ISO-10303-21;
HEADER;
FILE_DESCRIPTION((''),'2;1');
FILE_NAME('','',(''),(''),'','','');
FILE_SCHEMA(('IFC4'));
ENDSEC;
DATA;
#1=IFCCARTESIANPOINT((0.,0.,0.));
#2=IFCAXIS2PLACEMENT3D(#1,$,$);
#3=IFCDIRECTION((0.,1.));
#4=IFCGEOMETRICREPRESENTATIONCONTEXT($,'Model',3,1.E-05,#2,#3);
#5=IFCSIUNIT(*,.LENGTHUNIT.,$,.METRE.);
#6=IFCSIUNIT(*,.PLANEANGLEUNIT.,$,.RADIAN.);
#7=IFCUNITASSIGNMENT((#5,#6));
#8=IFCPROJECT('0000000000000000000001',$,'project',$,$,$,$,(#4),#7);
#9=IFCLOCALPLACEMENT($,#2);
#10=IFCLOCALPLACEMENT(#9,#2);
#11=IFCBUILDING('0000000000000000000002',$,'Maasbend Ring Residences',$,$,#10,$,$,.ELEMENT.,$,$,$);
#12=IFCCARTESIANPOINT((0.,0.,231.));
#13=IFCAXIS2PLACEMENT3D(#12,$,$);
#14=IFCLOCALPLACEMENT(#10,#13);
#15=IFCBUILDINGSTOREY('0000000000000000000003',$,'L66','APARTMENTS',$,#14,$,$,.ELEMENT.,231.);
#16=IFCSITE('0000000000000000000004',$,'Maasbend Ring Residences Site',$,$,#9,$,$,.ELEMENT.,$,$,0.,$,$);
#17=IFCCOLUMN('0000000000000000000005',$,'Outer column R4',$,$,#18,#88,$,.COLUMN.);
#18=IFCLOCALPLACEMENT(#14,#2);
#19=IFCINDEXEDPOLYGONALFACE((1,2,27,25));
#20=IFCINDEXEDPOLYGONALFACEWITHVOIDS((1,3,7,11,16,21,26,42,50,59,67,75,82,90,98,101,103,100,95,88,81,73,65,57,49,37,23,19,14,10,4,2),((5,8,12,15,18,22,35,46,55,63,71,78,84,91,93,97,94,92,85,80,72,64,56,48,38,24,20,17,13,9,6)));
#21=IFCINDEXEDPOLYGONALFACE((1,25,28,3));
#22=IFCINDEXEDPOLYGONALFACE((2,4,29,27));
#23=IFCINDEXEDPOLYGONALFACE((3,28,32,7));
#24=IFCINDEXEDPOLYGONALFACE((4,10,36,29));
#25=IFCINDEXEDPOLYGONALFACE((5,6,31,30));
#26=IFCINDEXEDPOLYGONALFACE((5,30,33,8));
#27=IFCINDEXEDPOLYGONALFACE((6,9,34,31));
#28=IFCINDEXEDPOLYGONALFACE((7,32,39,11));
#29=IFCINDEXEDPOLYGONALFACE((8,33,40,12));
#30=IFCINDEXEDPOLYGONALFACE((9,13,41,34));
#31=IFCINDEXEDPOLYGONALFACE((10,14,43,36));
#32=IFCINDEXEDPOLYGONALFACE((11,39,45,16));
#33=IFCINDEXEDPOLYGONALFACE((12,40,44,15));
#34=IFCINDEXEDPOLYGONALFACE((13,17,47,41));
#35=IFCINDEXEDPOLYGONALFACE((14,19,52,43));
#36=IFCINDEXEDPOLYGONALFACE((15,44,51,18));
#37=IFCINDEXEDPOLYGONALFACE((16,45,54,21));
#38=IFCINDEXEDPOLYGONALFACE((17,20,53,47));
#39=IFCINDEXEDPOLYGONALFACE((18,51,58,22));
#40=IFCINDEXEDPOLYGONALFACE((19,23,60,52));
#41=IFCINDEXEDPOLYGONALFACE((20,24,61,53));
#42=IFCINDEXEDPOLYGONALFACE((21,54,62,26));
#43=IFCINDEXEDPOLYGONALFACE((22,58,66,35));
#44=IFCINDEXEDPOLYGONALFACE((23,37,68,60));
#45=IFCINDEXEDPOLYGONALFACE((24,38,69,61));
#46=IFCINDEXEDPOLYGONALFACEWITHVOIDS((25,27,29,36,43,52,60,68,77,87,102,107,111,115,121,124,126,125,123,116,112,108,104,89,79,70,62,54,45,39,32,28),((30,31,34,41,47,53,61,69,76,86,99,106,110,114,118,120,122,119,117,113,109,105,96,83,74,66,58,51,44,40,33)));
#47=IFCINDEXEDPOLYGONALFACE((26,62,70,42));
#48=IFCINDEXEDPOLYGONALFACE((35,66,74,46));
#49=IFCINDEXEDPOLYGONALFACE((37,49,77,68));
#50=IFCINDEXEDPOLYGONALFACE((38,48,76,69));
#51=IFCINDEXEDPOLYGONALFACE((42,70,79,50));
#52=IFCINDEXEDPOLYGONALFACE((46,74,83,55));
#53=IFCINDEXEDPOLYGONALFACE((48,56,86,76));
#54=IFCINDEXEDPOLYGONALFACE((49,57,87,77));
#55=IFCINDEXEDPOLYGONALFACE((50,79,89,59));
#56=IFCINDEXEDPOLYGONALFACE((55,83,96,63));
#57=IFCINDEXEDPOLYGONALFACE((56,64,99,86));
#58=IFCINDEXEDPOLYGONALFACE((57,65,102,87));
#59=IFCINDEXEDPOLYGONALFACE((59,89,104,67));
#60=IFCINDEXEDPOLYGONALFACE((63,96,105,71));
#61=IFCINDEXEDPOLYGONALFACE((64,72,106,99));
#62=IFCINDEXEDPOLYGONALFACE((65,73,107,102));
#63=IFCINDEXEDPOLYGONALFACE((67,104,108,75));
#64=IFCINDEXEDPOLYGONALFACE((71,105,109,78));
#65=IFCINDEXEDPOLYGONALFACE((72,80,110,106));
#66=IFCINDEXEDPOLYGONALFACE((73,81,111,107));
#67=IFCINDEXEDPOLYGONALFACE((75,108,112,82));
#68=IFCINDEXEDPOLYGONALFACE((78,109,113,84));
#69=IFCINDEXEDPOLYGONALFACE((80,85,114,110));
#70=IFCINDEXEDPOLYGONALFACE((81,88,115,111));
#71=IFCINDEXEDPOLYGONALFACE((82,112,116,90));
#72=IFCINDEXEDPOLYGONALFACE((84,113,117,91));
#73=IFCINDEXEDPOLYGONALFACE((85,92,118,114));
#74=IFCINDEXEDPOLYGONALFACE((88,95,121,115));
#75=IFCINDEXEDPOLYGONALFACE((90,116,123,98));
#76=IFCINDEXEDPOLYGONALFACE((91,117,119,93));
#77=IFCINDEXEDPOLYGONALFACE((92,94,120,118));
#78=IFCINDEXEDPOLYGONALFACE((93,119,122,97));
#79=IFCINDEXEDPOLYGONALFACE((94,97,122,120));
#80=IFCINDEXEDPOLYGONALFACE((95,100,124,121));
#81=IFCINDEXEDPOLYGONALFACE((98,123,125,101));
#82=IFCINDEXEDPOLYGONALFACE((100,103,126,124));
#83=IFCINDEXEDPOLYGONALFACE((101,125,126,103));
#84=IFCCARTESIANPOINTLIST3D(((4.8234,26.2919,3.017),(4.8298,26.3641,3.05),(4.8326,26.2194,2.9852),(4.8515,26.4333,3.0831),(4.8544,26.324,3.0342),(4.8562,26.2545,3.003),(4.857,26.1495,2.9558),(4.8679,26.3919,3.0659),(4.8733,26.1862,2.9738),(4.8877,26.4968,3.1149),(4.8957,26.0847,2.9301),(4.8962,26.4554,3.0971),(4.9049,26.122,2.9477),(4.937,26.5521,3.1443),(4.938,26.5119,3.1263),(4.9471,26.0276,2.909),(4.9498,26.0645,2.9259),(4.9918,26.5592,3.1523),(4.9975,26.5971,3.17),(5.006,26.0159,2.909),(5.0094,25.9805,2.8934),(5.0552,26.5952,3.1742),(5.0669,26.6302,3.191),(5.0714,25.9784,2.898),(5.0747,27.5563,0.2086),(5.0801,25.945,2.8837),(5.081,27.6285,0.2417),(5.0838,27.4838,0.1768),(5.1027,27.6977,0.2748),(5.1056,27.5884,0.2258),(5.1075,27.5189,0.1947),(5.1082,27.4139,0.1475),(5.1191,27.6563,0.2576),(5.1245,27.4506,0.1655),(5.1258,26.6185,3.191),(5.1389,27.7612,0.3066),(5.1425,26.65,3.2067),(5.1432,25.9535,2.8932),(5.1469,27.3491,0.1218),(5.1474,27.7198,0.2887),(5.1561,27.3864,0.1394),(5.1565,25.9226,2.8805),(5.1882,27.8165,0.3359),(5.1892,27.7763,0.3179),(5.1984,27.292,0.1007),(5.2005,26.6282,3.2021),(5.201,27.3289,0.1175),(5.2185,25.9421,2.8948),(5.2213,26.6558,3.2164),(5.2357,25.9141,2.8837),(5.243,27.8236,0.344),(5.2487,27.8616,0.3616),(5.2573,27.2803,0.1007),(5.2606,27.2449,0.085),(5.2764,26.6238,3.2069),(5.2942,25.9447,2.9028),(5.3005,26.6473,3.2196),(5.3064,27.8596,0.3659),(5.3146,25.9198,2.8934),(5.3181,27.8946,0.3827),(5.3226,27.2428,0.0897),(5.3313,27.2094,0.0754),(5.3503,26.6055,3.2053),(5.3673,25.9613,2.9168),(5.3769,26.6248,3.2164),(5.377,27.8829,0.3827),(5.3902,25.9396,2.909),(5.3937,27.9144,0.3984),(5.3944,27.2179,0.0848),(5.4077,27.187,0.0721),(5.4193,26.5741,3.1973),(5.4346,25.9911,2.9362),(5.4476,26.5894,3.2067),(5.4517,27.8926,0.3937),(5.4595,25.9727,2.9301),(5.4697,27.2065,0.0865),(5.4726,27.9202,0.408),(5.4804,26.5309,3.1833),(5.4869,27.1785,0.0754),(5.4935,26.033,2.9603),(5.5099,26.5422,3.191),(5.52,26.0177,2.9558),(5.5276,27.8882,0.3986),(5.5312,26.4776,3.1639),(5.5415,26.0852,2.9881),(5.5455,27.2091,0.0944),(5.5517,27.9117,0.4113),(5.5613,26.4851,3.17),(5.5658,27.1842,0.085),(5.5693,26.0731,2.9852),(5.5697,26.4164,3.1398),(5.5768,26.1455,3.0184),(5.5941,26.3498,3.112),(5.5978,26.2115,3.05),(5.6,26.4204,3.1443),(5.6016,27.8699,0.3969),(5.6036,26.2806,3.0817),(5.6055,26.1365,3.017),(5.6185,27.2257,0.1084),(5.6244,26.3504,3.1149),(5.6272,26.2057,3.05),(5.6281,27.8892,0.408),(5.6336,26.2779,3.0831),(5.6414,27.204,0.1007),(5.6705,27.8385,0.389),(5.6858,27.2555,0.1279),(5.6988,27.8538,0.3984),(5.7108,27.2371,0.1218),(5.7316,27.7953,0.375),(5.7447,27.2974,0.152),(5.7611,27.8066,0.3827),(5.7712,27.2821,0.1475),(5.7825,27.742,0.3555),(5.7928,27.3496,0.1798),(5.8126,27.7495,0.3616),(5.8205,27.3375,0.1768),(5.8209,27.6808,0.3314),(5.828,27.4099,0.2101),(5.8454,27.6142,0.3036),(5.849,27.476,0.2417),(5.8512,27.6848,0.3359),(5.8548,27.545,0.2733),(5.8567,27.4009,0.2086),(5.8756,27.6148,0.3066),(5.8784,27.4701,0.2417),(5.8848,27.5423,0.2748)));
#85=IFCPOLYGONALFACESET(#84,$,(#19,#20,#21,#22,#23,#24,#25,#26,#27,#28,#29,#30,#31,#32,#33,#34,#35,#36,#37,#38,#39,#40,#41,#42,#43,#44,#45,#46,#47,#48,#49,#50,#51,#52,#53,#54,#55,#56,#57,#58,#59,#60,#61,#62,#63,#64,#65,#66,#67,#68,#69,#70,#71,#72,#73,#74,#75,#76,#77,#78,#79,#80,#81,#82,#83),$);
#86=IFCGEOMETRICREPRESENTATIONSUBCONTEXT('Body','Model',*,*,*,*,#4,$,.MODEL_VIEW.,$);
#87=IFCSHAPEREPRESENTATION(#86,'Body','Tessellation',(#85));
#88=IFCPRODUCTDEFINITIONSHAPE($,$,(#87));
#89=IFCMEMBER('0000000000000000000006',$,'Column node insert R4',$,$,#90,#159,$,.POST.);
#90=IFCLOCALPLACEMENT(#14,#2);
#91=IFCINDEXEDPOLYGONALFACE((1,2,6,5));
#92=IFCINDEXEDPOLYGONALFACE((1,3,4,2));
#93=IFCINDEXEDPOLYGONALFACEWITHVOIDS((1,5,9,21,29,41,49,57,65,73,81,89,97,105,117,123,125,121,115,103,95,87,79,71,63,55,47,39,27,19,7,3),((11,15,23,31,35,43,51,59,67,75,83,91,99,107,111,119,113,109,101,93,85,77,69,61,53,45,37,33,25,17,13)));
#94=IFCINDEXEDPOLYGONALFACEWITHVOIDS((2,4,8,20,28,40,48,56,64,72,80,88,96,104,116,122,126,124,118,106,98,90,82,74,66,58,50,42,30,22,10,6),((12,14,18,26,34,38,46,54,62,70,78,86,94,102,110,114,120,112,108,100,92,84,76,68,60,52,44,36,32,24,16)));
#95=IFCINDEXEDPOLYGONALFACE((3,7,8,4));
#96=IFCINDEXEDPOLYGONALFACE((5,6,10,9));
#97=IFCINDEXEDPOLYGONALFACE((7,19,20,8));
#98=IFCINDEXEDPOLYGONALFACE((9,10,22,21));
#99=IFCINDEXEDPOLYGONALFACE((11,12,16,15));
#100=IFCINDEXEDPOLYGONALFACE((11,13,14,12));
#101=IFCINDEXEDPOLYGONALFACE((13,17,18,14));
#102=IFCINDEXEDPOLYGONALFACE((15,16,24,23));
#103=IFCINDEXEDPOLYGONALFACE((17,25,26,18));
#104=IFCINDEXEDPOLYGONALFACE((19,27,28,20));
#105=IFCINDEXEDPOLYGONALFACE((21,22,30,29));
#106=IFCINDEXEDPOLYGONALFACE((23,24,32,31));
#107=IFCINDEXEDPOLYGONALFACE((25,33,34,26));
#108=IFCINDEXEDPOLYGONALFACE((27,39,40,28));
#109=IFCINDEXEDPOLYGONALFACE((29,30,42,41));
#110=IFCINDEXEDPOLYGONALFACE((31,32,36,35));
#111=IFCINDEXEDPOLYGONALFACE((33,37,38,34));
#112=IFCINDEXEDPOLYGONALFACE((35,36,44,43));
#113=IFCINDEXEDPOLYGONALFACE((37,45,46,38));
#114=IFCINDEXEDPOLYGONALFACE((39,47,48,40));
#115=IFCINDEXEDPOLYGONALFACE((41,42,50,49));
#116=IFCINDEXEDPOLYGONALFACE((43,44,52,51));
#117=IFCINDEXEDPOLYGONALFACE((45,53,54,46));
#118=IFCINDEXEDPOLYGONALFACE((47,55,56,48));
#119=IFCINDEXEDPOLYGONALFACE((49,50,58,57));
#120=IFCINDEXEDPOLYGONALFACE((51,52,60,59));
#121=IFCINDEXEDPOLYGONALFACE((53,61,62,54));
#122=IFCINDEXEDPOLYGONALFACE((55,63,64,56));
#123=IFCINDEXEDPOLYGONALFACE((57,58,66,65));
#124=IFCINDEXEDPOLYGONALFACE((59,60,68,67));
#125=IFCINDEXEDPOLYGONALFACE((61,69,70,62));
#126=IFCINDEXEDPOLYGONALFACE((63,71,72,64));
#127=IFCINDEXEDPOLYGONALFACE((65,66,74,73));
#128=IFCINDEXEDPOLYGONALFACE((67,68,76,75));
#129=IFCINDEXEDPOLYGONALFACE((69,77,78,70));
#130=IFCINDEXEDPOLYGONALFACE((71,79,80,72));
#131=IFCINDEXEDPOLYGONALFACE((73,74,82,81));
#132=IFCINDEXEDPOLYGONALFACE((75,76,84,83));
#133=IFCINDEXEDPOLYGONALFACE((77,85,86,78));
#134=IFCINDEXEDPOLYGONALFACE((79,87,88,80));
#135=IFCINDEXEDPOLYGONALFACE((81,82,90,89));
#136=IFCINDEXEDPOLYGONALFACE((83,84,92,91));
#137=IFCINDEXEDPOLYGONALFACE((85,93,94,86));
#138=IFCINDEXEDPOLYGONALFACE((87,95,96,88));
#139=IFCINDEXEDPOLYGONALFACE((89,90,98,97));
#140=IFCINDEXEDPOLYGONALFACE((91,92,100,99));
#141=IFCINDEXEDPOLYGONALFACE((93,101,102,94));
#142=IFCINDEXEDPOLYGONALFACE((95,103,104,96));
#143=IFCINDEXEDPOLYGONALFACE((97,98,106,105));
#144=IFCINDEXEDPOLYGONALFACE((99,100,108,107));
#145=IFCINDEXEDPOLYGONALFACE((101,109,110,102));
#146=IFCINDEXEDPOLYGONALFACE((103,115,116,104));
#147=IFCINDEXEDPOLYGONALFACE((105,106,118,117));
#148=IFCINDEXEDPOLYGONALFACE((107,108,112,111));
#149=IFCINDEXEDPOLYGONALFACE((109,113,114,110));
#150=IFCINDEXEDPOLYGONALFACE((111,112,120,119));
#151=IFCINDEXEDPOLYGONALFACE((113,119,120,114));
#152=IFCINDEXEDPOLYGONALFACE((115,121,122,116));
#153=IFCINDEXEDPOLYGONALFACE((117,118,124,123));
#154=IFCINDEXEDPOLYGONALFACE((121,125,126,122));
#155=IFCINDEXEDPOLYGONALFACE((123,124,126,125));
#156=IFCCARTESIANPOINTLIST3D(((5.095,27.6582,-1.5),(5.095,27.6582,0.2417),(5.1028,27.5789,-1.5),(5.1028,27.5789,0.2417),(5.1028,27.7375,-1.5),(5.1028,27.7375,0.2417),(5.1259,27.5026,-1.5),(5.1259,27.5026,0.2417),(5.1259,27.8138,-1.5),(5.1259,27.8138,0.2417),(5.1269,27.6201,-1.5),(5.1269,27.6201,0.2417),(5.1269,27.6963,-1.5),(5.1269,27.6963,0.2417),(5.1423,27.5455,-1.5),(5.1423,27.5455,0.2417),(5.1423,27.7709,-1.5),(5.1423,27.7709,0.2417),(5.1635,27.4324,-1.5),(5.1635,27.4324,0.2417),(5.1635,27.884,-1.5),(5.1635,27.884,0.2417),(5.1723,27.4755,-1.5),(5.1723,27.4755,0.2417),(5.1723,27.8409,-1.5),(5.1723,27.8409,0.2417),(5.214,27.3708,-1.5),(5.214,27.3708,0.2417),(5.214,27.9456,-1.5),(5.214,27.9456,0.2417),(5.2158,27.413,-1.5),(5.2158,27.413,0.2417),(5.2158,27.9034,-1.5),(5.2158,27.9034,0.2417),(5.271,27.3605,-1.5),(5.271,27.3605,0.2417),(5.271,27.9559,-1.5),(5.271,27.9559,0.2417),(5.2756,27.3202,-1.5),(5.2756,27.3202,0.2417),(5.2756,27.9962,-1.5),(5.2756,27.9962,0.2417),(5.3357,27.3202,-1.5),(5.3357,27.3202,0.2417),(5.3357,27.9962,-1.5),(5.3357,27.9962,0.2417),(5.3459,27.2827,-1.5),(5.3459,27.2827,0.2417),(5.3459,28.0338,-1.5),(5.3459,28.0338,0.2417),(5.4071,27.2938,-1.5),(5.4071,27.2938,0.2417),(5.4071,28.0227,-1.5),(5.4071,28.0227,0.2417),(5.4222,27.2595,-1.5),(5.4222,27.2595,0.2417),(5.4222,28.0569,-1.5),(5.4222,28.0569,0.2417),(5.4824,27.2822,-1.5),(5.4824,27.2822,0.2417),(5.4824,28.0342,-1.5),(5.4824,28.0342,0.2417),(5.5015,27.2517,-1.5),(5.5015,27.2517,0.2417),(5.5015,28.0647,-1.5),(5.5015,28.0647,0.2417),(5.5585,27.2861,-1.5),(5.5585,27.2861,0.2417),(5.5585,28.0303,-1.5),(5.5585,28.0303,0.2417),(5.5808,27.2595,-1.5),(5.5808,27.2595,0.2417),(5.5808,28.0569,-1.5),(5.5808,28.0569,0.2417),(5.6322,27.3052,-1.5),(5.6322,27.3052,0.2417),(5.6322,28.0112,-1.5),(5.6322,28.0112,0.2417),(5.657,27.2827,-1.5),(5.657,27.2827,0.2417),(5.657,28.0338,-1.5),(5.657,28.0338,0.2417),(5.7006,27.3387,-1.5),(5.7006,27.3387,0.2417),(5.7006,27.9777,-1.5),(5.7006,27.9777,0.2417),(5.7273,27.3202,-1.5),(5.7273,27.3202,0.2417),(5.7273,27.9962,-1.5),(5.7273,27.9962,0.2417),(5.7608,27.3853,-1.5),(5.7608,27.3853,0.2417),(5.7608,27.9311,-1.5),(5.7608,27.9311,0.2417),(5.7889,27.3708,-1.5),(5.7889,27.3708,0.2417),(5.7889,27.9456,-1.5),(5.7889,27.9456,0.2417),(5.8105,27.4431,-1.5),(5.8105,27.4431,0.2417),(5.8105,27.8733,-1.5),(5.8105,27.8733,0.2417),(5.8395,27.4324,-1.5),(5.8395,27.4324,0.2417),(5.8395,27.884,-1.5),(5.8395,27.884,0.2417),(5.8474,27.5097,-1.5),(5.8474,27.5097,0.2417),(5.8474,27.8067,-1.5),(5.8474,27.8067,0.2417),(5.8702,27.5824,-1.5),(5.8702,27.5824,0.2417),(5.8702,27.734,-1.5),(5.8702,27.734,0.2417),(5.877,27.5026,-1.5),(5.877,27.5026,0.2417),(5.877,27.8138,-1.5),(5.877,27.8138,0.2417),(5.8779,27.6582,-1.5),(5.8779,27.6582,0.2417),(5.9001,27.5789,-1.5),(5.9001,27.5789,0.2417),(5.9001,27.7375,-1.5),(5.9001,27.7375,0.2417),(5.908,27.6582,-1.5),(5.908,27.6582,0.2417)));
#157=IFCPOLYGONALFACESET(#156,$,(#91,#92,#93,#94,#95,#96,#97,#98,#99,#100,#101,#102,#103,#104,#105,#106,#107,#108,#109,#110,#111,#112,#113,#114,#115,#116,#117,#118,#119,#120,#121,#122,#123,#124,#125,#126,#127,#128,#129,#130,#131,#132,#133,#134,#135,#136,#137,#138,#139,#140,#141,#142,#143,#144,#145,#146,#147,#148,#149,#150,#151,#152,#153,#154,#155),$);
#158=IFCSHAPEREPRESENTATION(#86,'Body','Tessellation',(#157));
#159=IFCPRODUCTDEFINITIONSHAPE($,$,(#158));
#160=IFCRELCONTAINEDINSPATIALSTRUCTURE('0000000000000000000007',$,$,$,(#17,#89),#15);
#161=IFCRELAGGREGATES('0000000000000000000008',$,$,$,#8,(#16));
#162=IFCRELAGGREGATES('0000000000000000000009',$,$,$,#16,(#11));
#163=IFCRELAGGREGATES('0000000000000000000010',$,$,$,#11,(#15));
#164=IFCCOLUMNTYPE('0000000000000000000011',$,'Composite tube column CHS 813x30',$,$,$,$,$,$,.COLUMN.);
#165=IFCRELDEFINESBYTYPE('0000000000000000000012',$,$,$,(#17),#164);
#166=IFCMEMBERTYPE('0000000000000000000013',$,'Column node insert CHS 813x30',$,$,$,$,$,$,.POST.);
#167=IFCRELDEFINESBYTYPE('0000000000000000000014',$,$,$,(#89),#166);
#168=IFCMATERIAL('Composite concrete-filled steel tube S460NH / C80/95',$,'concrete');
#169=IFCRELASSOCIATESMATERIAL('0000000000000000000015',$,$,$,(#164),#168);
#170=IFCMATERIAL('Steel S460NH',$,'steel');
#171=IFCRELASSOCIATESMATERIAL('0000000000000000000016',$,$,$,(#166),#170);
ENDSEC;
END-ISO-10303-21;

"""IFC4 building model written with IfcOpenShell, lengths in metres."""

from ifc_helpers import new_model, si_unit, direction, frame, origin, origin_2d, place, context, subcontext, project, spatial, hollow_circle, extrude, material, material_profile, profile_set, type_object, element, save


model = new_model("IFC4")

# Units and contexts
model_context = context("Model", 3, precision=1e-05, world=origin(), true_north=direction((0.0, 1.0)))
body_context = subcontext(model_context, "Body", "Model", "MODEL_VIEW")
ifc_project = project(units=[si_unit("LENGTHUNIT", "METRE"), si_unit("PLANEANGLEUNIT", "RADIAN")], contexts=[model_context])

# Site, building, storey
site_placement = place(None, origin())
site = spatial("IfcSite", under=ifc_project, at=site_placement, Name="Maasbend Ring Residences Site", CompositionType="ELEMENT", RefElevation=0.0)
building_placement = place(site_placement, origin())
building = spatial("IfcBuilding", under=site, at=building_placement, Name="Maasbend Ring Residences", CompositionType="ELEMENT")
storey_placement = place(building_placement, frame((0.0, 0.0, 231.0)))
storey = spatial("IfcBuildingStorey", under=building, at=storey_placement, Name="L66", Description="APARTMENTS", CompositionType="ELEMENT", Elevation=231.0)

# Column
ifc_material_1 = material(Name="Composite concrete-filled steel tube S460NH / C80/95", Category="concrete")
ifc_material_profile_1 = material_profile(ifc_material_1, hollow_circle(Radius=0.4065, WallThickness=0.03, at=origin_2d()), Name="Composite tube column CHS 813x30")
ifc_profile_set_1 = profile_set([ifc_material_profile_1], Name="Composite concrete-filled steel tube S460NH / C80/95")
column_type = type_object("IfcColumnType", Name="Composite tube column CHS 813x30", PredefinedType="COLUMN", material=ifc_profile_set_1)
column_placement = place(storey_placement, frame((5.4797, 27.5493, 0.2417), z_axis=(-0.081299, -0.40918, 0.908824), x_axis=(0.980828, -0.194878, 0.0)))
element("IfcColumn", 1, at=column_placement, inside=storey, type_object=column_type, Name="Outer column R4", PredefinedType="COLUMN", context=body_context, shape_type="SweptSolid", body=[
    extrude(hollow_circle(Radius=0.4065, WallThickness=0.03, at=origin_2d()), origin(), (0.0, 0.0, 1.0), 3.0901),
])

# Member
ifc_material_2 = material(Name="Steel S460NH", Category="steel")
ifc_material_profile_2 = material_profile(ifc_material_2, hollow_circle(Radius=0.4065, WallThickness=0.03, at=origin_2d()), Name="Column node insert CHS 813x30")
ifc_profile_set_2 = profile_set([ifc_material_profile_2], Name="Steel S460NH")
member_type = type_object("IfcMemberType", Name="Column node insert CHS 813x30", PredefinedType="POST", material=ifc_profile_set_2)
member_placement = place(storey_placement, frame((5.5015, 27.6582, -1.5), z_axis=(0.0, 0.0, 1.0), x_axis=(1.0, 0.0, 0.0)))
element("IfcMember", 2, at=member_placement, inside=storey, type_object=member_type, Name="Column node insert R4", PredefinedType="POST", context=body_context, shape_type="SweptSolid", body=[
    extrude(hollow_circle(Radius=0.4065, WallThickness=0.03, at=origin_2d()), origin(), (0.0, 0.0, 1.0), 1.7417),
])

save(model, "model.ifc")
